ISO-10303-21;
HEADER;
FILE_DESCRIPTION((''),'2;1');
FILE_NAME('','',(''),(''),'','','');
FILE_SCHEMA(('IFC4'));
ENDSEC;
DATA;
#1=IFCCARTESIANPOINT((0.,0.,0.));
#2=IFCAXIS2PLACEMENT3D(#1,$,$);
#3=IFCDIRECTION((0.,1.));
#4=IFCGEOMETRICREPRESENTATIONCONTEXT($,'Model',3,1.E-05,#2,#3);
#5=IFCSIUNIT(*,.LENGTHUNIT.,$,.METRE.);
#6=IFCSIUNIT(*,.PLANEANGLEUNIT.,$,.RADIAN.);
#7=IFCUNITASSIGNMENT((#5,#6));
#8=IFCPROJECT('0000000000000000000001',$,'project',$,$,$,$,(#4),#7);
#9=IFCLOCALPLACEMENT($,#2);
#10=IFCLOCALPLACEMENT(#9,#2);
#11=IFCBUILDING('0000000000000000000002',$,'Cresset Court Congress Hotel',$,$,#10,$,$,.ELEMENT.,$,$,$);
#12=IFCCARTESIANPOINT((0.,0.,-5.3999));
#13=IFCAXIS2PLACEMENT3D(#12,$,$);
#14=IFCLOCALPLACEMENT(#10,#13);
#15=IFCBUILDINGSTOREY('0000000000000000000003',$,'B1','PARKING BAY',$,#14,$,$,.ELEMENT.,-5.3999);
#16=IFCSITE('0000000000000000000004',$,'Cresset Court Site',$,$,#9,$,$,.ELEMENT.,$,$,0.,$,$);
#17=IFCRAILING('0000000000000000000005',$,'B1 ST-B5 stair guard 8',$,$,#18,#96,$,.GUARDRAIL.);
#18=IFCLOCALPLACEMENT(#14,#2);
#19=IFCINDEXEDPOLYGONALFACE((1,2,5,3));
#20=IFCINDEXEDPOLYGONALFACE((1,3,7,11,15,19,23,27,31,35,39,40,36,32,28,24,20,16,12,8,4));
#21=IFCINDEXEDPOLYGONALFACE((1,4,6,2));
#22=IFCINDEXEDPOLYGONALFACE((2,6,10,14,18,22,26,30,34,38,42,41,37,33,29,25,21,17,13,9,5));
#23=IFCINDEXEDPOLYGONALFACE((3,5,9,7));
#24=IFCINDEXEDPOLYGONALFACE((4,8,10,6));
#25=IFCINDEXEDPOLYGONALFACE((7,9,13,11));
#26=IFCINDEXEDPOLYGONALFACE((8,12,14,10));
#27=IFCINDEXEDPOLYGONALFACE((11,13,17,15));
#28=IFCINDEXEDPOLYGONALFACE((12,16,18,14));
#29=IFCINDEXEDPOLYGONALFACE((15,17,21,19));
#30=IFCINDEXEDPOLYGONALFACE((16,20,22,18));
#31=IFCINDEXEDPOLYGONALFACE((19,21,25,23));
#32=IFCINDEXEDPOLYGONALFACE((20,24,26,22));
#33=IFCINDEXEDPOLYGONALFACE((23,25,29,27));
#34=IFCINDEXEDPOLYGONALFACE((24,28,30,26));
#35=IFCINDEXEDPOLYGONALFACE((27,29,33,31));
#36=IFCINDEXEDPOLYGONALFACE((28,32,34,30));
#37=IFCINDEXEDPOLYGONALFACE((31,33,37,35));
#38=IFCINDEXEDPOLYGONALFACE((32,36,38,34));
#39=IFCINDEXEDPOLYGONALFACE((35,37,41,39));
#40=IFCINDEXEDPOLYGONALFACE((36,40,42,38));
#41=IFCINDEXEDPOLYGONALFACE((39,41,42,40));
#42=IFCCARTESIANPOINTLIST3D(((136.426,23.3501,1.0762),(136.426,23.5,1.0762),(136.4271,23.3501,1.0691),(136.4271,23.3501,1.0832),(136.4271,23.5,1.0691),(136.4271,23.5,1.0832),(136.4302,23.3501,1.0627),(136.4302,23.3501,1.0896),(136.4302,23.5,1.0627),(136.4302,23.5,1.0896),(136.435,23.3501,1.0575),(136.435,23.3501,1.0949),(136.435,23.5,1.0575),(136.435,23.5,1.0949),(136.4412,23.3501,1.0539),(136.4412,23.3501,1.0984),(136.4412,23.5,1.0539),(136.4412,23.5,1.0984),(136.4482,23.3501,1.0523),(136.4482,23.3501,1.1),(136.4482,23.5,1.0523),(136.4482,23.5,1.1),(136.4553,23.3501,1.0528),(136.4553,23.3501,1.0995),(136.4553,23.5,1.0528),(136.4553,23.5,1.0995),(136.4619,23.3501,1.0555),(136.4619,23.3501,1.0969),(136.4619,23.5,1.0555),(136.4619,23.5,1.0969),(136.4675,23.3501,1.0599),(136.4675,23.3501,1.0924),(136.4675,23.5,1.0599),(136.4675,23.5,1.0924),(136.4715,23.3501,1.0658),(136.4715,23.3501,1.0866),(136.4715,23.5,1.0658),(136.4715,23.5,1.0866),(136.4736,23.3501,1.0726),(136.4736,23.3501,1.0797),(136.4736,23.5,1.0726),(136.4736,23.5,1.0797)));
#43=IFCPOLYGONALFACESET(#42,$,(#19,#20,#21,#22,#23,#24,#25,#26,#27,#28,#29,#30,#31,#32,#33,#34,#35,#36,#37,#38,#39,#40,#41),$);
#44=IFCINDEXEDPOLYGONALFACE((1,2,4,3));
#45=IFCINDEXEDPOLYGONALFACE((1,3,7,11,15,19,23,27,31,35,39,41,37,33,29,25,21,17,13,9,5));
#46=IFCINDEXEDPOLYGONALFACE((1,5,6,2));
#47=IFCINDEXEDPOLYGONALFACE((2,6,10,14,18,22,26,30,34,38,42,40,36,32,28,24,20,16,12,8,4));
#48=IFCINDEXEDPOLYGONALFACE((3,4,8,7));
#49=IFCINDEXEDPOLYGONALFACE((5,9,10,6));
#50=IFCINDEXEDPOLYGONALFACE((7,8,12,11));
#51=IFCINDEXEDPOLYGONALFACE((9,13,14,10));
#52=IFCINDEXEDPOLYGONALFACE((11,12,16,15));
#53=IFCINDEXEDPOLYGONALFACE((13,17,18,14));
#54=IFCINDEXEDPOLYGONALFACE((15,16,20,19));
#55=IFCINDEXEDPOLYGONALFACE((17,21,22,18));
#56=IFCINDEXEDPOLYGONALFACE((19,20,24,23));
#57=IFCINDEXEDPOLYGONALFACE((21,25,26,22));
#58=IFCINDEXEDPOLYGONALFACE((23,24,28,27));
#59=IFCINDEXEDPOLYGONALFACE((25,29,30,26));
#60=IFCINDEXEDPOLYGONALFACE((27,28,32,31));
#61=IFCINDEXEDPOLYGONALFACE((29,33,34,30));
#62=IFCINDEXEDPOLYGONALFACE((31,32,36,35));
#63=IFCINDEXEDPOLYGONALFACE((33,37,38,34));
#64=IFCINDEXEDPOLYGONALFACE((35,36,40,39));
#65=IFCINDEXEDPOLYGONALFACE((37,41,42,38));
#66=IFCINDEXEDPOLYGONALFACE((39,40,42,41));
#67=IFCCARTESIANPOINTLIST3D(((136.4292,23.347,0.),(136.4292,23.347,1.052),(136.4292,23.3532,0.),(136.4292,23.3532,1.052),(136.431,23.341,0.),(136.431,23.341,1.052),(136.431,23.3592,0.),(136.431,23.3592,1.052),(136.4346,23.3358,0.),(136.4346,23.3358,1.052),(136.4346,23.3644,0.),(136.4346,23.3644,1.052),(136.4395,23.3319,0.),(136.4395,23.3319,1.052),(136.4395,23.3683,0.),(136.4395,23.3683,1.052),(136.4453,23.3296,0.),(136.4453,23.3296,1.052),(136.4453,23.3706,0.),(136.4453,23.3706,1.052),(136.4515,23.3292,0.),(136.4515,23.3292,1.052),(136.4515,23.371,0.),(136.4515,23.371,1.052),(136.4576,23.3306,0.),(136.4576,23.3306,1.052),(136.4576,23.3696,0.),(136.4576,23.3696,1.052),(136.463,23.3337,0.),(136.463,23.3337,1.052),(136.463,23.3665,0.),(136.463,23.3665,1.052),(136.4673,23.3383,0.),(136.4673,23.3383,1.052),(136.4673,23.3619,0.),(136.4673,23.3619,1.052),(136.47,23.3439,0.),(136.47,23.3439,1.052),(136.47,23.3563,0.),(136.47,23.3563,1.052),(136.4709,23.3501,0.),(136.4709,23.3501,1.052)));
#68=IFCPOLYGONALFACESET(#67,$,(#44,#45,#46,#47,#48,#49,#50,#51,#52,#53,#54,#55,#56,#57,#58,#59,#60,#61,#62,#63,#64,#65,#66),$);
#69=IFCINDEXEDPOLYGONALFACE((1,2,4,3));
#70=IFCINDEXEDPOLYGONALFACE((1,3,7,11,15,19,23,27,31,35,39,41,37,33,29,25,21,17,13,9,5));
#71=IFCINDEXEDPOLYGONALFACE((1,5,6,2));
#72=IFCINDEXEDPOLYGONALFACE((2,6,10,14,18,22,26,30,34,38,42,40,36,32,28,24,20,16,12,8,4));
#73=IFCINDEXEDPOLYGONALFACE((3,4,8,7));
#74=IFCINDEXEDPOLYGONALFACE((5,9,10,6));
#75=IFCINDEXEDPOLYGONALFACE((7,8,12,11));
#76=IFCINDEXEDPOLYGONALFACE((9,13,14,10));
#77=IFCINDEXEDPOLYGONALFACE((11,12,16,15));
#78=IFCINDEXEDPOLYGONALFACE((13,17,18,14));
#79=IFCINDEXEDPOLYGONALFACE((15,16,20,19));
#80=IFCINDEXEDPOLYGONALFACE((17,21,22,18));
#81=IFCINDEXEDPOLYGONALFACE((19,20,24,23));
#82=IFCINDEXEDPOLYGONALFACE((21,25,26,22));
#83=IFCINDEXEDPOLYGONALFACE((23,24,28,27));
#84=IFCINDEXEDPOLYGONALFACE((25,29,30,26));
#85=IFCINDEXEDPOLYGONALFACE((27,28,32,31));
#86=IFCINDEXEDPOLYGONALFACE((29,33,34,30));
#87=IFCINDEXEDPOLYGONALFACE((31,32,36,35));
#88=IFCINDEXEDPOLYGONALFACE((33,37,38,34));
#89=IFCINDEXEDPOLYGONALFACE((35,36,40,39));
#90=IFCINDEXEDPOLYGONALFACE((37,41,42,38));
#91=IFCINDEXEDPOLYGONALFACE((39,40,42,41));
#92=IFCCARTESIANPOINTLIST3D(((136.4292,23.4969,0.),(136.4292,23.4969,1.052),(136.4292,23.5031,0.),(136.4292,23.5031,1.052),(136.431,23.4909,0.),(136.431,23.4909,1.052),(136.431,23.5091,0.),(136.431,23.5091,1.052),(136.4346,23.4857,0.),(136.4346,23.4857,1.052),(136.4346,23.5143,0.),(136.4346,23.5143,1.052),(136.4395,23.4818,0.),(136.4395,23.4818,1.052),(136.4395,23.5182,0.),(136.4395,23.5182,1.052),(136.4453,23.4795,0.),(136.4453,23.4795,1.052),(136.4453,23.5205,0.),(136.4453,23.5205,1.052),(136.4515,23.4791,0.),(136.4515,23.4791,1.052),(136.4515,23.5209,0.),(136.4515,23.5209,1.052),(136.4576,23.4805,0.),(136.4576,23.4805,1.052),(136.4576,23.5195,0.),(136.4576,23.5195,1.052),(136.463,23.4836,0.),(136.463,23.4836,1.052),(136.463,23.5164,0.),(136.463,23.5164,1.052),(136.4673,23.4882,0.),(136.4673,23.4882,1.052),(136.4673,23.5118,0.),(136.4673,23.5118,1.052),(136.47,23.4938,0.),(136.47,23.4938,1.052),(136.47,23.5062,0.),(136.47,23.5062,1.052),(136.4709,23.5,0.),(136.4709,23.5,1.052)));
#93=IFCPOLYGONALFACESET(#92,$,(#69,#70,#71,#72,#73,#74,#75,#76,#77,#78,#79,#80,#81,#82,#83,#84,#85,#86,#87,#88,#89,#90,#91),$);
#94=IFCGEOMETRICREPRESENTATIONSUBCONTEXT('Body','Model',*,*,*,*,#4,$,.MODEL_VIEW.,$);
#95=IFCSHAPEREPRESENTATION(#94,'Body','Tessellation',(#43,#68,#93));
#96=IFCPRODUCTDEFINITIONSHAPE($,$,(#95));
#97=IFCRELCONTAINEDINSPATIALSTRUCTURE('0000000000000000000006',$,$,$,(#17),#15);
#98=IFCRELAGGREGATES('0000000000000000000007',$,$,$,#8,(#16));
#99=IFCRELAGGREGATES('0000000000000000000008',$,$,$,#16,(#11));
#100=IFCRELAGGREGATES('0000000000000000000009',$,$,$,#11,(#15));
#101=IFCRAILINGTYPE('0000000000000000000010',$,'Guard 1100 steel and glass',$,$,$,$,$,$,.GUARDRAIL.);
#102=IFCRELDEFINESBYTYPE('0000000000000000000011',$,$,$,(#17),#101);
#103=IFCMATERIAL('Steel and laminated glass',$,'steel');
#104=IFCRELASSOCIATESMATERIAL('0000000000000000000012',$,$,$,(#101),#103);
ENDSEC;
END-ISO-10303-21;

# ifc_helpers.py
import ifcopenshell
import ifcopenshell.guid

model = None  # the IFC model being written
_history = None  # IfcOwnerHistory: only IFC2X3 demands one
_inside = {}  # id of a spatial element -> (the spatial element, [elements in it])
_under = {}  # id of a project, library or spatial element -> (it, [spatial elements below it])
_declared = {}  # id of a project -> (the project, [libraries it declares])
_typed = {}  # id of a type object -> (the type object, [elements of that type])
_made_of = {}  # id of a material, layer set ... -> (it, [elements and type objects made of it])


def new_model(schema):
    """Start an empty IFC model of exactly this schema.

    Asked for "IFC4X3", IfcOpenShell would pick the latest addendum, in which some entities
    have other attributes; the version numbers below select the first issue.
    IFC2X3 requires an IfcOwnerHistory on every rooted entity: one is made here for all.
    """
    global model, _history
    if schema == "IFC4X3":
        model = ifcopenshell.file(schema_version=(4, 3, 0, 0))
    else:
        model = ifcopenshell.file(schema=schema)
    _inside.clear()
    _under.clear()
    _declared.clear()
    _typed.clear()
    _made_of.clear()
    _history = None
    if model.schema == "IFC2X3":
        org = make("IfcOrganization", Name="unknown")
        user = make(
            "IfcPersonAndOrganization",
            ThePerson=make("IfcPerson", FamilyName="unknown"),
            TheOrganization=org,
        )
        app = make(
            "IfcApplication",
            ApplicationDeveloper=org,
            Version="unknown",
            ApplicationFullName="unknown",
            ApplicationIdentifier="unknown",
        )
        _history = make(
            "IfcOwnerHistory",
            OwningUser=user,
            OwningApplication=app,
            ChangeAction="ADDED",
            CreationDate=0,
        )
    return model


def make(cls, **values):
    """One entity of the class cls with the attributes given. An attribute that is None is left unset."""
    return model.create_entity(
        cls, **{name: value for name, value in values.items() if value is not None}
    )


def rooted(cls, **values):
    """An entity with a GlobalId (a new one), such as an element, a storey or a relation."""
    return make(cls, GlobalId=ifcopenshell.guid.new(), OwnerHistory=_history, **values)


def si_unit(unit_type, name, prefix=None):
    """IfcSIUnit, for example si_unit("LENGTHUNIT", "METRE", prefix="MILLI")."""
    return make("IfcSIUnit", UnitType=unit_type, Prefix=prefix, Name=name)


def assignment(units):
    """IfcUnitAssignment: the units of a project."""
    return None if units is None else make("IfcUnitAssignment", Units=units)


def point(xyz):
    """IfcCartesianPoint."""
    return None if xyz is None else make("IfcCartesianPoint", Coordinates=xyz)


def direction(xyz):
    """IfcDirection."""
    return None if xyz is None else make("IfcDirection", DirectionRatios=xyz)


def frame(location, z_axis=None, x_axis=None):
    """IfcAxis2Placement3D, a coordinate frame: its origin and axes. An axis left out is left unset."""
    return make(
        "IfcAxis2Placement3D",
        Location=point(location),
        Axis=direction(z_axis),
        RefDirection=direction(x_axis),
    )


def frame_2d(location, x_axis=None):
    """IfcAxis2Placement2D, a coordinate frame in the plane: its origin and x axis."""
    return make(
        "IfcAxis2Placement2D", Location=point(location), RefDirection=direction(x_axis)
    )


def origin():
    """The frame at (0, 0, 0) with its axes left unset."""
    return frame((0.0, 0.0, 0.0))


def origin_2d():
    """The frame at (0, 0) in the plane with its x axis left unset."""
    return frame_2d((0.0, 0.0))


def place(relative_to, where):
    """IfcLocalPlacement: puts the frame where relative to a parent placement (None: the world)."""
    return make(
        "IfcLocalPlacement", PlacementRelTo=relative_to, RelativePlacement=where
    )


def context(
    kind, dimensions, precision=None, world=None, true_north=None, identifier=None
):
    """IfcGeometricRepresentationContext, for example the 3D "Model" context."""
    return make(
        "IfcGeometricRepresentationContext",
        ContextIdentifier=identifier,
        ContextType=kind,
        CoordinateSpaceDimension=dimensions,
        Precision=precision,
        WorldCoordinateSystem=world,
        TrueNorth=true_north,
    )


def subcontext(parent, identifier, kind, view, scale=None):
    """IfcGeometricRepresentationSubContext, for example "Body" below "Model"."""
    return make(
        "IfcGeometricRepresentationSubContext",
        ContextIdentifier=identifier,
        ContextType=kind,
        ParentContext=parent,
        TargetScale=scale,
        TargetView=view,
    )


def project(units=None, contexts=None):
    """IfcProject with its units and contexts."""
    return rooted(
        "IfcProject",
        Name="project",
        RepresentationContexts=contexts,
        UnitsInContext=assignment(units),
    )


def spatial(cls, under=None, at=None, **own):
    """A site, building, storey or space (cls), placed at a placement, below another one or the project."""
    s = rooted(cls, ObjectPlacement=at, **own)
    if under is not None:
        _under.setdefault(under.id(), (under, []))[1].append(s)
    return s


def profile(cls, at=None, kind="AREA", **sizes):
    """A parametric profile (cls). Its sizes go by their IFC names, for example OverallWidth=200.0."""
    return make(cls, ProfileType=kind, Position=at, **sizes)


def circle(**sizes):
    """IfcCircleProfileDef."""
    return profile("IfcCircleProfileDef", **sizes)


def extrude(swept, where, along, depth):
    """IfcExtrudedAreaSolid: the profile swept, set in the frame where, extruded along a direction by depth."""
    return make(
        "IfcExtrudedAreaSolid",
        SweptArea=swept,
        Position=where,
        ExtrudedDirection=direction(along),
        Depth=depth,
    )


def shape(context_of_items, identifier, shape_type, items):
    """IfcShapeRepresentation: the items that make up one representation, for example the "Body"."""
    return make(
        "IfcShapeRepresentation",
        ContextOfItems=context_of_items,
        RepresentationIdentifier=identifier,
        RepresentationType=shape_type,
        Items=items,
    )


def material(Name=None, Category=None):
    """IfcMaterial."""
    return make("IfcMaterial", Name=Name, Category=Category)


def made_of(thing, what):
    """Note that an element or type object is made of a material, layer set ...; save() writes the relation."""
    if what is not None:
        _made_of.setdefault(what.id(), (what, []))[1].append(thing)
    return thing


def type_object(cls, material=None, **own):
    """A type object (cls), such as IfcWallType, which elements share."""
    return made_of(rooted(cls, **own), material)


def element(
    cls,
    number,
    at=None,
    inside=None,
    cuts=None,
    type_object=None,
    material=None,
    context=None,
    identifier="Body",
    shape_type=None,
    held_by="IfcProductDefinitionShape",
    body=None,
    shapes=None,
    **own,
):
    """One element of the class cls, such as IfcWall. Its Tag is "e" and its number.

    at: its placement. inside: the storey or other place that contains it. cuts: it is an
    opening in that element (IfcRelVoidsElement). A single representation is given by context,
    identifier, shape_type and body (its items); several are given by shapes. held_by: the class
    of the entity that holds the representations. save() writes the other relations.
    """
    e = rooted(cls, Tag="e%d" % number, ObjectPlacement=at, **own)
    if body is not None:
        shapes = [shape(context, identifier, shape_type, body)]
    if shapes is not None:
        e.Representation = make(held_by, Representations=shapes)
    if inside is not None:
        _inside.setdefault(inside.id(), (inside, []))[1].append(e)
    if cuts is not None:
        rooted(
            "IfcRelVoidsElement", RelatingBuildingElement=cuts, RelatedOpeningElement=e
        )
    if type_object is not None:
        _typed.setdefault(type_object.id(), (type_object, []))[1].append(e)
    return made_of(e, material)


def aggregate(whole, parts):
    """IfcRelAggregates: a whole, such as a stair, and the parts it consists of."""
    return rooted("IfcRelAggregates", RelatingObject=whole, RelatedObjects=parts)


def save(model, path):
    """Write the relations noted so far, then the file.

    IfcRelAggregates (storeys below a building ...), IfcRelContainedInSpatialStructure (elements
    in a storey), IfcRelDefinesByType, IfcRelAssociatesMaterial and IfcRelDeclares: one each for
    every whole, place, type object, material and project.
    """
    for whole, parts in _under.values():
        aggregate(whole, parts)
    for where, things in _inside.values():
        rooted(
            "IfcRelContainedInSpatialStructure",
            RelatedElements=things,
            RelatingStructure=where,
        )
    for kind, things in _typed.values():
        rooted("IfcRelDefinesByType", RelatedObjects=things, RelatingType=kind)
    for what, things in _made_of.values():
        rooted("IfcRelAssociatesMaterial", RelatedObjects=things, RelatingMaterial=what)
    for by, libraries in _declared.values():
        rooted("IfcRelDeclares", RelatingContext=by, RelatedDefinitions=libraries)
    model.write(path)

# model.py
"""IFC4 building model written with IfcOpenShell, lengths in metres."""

from ifc_helpers import new_model, si_unit, direction, frame, origin, origin_2d, place, context, subcontext, project, spatial, circle, extrude, material, type_object, element, save


model = new_model("IFC4")

# Units and contexts
model_context = context("Model", 3, precision=1e-05, world=origin(), true_north=direction((0.0, 1.0)))
body_context = subcontext(model_context, "Body", "Model", "MODEL_VIEW")
ifc_project = project(units=[si_unit("LENGTHUNIT", "METRE"), si_unit("PLANEANGLEUNIT", "RADIAN")], contexts=[model_context])

# Site, building, storey
site_placement = place(None, origin())
site = spatial("IfcSite", under=ifc_project, at=site_placement, Name="Cresset Court Site", CompositionType="ELEMENT", RefElevation=0.0)
building_placement = place(site_placement, origin())
building = spatial("IfcBuilding", under=site, at=building_placement, Name="Cresset Court Congress Hotel", CompositionType="ELEMENT")
storey_placement = place(building_placement, frame((0.0, 0.0, -5.3999)))
storey = spatial("IfcBuildingStorey", under=building, at=storey_placement, Name="B1", Description="PARKING BAY", CompositionType="ELEMENT", Elevation=-5.3999)

# Railing
ifc_material_1 = material(Name="Steel and laminated glass", Category="steel")
railing_type_1 = type_object("IfcRailingType", Name="Guard 1100 steel and glass", PredefinedType="GUARDRAIL", material=ifc_material_1)
railing_1_placement = place(storey_placement, frame((136.45, 23.3501, 0.0)))
element("IfcRailing", 1, at=railing_1_placement, inside=storey, type_object=railing_type_1, Name="B1 ST-B5 stair guard 8", PredefinedType="GUARDRAIL", context=body_context, shape_type="SweptSolid", body=[
    extrude(circle(Radius=0.0239, at=origin_2d()), frame((0.0, 0.0, 1.0762), z_axis=(0.0, 1.0, 0.0), x_axis=(-1.0, 0.0, 0.0)), (0.0, 0.0, 1.0), 0.1499),
    extrude(circle(Radius=0.021, at=origin_2d()), origin(), (0.0, 0.0, 1.0), 1.052),
    extrude(circle(Radius=0.021, at=origin_2d()), frame((0.0, 0.1499, 0.0)), (0.0, 0.0, 1.0), 1.052),
])

save(model, "model.ifc")
